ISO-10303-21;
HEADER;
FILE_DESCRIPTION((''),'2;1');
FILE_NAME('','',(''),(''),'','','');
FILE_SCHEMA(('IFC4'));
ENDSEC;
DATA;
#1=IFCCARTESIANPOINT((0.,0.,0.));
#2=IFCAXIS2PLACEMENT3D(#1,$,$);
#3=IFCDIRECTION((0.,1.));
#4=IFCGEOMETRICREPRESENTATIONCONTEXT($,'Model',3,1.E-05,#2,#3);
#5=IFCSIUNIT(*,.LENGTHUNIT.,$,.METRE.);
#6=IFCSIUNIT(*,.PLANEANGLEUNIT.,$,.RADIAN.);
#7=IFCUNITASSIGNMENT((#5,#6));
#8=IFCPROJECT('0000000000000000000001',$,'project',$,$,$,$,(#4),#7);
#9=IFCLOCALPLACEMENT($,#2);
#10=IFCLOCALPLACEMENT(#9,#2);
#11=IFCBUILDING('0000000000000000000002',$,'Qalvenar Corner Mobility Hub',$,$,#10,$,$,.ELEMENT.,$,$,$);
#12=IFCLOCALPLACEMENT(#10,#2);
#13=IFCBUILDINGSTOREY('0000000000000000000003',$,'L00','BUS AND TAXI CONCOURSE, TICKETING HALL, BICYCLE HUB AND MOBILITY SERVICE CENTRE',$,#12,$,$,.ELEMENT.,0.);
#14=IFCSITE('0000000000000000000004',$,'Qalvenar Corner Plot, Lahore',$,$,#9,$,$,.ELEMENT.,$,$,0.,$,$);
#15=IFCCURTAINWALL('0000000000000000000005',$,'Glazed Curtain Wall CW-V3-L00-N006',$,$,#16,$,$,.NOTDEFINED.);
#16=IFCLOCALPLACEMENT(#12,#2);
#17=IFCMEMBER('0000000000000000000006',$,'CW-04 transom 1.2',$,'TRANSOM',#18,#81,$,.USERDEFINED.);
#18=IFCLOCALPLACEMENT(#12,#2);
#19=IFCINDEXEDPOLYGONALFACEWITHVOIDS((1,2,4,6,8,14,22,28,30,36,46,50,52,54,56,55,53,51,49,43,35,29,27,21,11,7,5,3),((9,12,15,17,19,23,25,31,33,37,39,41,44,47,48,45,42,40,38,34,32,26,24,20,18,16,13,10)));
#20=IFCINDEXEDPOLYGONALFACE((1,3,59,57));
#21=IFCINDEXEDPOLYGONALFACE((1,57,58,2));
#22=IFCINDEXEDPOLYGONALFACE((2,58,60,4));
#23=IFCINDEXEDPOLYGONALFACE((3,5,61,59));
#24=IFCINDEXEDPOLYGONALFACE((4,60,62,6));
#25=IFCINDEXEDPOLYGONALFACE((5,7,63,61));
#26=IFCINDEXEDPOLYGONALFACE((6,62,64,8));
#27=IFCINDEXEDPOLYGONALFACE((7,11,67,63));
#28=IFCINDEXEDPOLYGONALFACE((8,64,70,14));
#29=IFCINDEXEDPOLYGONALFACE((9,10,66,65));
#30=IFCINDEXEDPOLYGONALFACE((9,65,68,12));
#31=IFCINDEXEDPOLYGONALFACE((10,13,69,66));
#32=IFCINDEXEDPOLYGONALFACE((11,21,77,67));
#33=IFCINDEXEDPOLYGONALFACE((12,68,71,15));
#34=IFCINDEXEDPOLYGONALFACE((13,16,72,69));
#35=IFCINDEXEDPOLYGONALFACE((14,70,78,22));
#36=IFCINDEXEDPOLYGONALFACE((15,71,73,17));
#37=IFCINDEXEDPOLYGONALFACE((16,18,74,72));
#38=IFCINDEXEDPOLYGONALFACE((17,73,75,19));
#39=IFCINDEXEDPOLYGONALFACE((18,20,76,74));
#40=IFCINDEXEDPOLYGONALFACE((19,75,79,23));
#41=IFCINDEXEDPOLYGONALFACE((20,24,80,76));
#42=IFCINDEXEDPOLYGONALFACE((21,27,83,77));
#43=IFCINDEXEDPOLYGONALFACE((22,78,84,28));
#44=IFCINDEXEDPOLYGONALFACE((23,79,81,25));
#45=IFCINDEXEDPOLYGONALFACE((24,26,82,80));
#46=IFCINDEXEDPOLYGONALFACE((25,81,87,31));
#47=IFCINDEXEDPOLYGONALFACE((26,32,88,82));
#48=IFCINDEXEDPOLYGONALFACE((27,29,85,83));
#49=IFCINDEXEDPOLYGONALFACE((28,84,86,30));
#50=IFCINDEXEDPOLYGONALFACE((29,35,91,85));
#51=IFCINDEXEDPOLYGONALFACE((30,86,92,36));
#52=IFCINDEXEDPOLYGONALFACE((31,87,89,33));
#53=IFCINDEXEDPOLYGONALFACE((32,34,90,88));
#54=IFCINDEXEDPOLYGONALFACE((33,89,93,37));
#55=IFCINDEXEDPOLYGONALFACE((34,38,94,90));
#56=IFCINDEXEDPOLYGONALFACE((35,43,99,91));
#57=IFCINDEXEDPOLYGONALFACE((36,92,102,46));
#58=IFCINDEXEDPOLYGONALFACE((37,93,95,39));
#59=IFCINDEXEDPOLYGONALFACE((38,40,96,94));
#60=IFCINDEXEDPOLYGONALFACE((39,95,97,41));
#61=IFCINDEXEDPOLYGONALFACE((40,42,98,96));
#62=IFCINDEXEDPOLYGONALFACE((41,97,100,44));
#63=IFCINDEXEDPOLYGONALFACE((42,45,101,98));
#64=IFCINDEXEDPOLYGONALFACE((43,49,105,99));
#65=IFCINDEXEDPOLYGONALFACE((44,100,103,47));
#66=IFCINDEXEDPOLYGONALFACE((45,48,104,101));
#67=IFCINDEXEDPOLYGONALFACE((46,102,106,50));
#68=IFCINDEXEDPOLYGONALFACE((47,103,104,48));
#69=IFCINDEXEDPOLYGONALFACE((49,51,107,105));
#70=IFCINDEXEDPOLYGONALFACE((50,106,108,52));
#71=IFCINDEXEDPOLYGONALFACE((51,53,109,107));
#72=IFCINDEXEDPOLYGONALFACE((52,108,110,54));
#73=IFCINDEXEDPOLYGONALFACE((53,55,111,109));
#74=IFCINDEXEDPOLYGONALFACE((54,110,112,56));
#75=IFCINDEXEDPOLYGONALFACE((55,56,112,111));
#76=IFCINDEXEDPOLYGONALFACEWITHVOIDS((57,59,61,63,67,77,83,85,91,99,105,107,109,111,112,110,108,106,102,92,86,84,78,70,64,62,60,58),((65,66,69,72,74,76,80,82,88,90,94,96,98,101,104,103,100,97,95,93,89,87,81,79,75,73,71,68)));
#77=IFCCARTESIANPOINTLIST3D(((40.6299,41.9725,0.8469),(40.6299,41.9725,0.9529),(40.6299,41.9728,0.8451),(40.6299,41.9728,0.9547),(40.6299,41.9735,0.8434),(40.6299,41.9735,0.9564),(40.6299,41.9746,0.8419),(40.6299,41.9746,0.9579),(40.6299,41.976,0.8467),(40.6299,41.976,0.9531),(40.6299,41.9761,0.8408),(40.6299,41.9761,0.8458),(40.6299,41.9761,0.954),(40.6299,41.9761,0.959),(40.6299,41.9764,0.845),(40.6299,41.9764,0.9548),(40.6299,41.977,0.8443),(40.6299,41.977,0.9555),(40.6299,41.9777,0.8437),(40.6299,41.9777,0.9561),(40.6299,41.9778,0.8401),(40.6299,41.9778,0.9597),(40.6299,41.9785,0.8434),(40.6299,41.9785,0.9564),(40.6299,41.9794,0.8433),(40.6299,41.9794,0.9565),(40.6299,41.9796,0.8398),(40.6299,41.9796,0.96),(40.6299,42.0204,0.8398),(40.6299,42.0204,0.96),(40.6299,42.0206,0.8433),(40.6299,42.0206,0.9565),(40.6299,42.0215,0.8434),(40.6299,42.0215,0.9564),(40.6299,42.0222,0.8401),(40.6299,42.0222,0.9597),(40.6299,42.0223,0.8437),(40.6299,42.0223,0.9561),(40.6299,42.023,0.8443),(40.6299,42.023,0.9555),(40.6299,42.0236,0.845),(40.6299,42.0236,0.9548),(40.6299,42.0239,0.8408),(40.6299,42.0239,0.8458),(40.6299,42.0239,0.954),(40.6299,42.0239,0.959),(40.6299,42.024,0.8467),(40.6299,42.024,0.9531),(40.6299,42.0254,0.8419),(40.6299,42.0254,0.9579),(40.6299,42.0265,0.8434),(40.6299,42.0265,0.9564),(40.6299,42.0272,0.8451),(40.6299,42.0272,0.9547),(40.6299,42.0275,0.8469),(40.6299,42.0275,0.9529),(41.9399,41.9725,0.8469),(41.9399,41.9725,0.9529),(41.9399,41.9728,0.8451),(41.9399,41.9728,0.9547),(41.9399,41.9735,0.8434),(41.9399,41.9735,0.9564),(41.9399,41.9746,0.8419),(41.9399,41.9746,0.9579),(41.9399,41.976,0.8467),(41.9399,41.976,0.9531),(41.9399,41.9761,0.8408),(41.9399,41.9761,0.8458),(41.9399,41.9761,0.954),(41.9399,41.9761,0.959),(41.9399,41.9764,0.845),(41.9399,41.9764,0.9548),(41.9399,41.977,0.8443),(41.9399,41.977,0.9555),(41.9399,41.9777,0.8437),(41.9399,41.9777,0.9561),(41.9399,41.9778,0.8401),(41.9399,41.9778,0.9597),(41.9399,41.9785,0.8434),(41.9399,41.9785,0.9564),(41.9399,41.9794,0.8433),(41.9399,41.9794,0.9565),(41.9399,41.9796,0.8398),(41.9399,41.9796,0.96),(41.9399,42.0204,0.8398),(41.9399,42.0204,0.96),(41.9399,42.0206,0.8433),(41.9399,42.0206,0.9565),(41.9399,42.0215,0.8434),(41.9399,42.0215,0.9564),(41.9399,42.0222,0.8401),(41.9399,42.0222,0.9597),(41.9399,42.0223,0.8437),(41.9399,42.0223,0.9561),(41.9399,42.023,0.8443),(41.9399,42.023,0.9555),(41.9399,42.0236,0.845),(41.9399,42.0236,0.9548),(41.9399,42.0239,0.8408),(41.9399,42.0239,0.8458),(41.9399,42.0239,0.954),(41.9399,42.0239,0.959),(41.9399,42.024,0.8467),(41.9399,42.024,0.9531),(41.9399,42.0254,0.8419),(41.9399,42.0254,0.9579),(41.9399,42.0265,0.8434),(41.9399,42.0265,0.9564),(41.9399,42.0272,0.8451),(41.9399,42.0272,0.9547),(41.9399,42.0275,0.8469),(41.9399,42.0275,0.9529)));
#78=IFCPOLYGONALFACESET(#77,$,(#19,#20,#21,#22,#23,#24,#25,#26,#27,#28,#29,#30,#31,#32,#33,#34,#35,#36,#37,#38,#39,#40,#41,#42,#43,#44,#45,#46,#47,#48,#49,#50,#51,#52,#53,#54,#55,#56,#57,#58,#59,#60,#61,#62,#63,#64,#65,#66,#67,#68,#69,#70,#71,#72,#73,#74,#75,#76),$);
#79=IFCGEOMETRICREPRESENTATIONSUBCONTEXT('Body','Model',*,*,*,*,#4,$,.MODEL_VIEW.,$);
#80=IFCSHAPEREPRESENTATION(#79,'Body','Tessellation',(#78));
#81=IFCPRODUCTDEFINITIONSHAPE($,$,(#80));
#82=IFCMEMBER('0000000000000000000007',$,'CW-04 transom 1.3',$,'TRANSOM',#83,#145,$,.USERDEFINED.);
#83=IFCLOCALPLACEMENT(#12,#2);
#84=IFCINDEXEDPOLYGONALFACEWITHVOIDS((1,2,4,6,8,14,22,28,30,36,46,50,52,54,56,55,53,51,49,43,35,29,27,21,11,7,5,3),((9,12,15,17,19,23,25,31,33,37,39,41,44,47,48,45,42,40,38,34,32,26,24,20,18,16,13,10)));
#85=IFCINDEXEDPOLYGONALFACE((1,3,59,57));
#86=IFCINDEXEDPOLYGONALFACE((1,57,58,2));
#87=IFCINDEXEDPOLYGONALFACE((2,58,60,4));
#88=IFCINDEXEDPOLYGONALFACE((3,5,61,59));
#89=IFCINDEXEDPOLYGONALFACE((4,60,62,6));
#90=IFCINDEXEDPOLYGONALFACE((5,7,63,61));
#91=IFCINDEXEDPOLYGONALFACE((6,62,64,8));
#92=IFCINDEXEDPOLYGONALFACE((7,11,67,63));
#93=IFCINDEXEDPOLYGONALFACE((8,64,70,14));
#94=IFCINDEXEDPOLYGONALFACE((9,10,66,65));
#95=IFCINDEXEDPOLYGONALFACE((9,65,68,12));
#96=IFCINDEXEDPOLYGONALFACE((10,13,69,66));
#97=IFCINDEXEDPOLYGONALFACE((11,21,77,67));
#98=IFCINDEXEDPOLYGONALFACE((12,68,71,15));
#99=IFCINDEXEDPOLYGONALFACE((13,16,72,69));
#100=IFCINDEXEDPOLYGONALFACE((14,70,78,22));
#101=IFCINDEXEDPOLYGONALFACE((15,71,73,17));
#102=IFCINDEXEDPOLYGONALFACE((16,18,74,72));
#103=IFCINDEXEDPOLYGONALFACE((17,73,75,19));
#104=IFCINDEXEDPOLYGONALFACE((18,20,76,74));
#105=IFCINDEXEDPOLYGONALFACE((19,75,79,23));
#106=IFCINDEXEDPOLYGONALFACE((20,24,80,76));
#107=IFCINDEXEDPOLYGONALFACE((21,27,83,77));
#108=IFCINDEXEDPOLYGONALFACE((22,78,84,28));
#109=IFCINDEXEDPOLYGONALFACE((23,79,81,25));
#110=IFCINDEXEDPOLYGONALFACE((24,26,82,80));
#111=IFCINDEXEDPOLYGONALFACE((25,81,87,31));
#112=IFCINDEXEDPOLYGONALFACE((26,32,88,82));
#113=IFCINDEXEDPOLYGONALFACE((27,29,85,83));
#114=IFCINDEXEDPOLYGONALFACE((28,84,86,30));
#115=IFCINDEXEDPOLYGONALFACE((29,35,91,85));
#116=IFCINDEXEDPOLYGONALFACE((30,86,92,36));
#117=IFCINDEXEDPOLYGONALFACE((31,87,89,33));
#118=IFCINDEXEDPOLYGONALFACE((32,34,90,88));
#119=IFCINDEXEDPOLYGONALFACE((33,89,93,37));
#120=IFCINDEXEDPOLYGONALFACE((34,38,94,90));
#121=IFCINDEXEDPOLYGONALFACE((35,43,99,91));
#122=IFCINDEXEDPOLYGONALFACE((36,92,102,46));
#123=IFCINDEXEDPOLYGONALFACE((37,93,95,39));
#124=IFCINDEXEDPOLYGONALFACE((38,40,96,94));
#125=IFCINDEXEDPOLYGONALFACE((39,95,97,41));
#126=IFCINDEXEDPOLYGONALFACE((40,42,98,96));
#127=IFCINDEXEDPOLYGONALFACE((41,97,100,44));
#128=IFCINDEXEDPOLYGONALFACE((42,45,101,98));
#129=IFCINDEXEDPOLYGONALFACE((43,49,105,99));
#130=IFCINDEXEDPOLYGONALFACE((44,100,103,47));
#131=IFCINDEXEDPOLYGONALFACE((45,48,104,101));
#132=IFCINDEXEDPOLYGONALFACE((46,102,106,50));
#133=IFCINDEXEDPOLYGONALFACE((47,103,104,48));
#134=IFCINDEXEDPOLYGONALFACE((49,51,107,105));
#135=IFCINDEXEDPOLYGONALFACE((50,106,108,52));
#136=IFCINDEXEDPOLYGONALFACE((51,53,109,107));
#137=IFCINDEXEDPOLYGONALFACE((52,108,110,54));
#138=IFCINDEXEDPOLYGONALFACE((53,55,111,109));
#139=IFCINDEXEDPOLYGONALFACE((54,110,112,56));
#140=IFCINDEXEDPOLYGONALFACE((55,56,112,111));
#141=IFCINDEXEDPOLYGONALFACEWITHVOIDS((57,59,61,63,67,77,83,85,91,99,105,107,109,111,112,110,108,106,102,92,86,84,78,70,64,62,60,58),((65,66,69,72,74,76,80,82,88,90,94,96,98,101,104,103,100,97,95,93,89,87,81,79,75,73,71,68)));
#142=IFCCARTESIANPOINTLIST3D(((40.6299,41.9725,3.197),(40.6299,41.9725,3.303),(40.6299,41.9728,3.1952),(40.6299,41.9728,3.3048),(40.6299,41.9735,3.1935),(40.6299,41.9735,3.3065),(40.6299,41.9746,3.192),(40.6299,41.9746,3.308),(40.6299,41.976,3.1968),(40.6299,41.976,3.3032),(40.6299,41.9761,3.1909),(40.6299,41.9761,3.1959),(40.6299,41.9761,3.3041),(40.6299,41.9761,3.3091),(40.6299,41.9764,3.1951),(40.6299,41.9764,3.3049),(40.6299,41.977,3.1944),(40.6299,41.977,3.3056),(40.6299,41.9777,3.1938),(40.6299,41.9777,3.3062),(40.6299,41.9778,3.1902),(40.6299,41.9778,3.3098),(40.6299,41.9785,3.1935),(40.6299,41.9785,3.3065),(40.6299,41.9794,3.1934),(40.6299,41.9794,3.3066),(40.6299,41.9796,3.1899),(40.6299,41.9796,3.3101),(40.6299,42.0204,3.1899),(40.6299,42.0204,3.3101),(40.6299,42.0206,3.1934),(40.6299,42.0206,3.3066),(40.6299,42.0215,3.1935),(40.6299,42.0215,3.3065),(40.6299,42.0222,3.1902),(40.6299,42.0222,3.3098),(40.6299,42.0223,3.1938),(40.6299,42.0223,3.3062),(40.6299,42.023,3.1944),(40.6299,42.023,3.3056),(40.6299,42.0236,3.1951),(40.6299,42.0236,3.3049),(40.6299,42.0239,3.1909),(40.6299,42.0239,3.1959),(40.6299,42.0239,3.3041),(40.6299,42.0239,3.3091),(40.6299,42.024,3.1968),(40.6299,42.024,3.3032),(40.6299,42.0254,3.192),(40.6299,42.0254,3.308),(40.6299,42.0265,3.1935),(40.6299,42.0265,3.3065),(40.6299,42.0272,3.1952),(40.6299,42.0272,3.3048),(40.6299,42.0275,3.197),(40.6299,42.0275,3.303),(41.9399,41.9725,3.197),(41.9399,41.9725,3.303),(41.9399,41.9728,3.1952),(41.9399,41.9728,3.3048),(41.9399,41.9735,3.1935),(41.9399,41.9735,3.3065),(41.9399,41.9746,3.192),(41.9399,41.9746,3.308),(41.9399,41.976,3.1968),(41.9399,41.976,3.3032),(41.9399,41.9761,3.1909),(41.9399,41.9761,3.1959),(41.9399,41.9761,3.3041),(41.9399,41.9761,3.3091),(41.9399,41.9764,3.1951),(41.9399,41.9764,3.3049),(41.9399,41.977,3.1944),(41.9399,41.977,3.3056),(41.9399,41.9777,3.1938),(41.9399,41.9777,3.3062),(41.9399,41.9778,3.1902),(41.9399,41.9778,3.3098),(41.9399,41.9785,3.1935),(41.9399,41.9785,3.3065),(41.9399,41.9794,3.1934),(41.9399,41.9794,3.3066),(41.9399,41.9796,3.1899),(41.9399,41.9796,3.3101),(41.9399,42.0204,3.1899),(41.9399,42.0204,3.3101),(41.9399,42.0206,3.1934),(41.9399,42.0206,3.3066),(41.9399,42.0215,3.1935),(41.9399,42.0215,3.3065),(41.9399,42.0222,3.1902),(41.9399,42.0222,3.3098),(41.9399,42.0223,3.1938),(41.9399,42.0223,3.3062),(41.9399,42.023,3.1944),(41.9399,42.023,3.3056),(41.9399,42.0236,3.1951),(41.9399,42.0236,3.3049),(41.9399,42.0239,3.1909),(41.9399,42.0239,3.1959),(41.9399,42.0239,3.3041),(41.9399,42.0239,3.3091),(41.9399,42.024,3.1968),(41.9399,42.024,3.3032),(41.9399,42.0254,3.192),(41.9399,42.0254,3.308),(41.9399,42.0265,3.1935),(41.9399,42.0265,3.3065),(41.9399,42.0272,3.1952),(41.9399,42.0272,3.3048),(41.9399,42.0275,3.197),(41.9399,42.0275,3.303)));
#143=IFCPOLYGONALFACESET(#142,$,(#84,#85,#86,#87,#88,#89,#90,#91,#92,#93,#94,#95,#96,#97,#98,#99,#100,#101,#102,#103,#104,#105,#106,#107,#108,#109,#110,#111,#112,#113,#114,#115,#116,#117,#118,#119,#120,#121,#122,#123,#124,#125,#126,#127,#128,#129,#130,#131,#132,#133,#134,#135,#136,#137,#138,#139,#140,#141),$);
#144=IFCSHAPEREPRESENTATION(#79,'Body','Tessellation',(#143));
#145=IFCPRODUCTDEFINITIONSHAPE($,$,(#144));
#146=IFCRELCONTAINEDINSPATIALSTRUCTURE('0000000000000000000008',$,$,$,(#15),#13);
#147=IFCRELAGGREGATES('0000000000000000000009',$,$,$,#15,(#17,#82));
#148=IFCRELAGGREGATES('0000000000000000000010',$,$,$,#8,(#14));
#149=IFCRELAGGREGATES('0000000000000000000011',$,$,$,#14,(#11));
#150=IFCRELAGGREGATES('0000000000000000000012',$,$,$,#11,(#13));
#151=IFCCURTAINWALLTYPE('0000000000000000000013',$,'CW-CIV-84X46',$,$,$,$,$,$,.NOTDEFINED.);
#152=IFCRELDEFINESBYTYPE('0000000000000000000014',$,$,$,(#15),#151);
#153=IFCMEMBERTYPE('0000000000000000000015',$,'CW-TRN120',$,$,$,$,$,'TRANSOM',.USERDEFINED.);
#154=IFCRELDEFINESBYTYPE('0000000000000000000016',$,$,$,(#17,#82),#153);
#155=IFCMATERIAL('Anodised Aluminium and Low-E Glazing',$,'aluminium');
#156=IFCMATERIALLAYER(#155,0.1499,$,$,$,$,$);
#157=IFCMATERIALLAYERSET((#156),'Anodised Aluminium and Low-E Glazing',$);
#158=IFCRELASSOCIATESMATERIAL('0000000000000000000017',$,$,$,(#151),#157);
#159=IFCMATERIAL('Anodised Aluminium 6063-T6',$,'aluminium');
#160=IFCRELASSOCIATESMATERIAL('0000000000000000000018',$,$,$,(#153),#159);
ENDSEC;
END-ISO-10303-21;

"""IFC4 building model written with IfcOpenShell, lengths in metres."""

from ifc_helpers import new_model, si_unit, direction, frame, origin, origin_2d, place, context, subcontext, project, spatial, hollow_rectangle, extrude, material, layer, layer_set, material_profile, profile_set, type_object, element, aggregate, save


model = new_model("IFC4")

# Units and contexts
model_context = context("Model", 3, precision=1e-05, world=origin(), true_north=direction((0.0, 1.0)))
body_context = subcontext(model_context, "Body", "Model", "MODEL_VIEW")
ifc_project = project(units=[si_unit("LENGTHUNIT", "METRE"), si_unit("PLANEANGLEUNIT", "RADIAN")], contexts=[model_context])

# Site, building, storey
site_placement = place(None, origin())
site = spatial("IfcSite", under=ifc_project, at=site_placement, Name="Qalvenar Corner Plot, Lahore", CompositionType="ELEMENT", RefElevation=0.0)
building_placement = place(site_placement, origin())
building = spatial("IfcBuilding", under=site, at=building_placement, Name="Qalvenar Corner Mobility Hub", CompositionType="ELEMENT")
storey_placement = place(building_placement, origin())
storey = spatial("IfcBuildingStorey", under=building, at=storey_placement, Name="L00", Description="BUS AND TAXI CONCOURSE, TICKETING HALL, BICYCLE HUB AND MOBILITY SERVICE CENTRE", CompositionType="ELEMENT", Elevation=0.0)

# Curtain wall, members
ifc_material_1 = material(Name="Anodised Aluminium and Low-E Glazing", Category="aluminium")
ifc_layer_1 = layer(ifc_material_1, 0.1499)
ifc_layer_set_1 = layer_set([ifc_layer_1], Name="Anodised Aluminium and Low-E Glazing")
curtain_wall_type = type_object("IfcCurtainWallType", Name="CW-CIV-84X46", PredefinedType="NOTDEFINED", material=ifc_layer_set_1)
curtain_wall_placement = place(storey_placement, origin())
curtain_wall = element("IfcCurtainWall", 1, at=curtain_wall_placement, inside=storey, type_object=curtain_wall_type, Name="Glazed Curtain Wall CW-V3-L00-N006", PredefinedType="NOTDEFINED")
ifc_material_2 = material(Name="Anodised Aluminium 6063-T6", Category="aluminium")
ifc_material_profile_1 = material_profile(ifc_material_2, hollow_rectangle(XDim=0.0549, YDim=0.1201, WallThickness=0.0034, InnerFilletRadius=0.0034, OuterFilletRadius=0.0071, at=origin_2d()), Name="RHS120x55x3.5")
ifc_profile_set_1 = profile_set([ifc_material_profile_1], Name="Anodised Aluminium 6063-T6")
member_type_1 = type_object("IfcMemberType", Name="CW-TRN120", ElementType="TRANSOM", PredefinedType="USERDEFINED", material=ifc_profile_set_1)
member_1_placement = place(storey_placement, frame((41.9399, 42.0, 0.8999), z_axis=(-1.0, 0.0, 0.0), x_axis=(0.0, -1.0, 0.0)))
member_1 = element("IfcMember", 2, at=member_1_placement, type_object=member_type_1, Name="CW-04 transom 1.2", ObjectType="TRANSOM", PredefinedType="USERDEFINED", context=body_context, shape_type="SweptSolid", body=[
    extrude(hollow_rectangle(XDim=0.0549, YDim=0.1201, WallThickness=0.0034, InnerFilletRadius=0.0034, OuterFilletRadius=0.0071, at=origin_2d()), origin(), (0.0, 0.0, 1.0), 1.3101),
])
member_2_placement = place(storey_placement, frame((41.9399, 42.0, 3.25), z_axis=(-1.0, 0.0, 0.0), x_axis=(0.0, -1.0, 0.0)))
member_2 = element("IfcMember", 3, at=member_2_placement, type_object=member_type_1, Name="CW-04 transom 1.3", ObjectType="TRANSOM", PredefinedType="USERDEFINED", context=body_context, shape_type="SweptSolid", body=[
    extrude(hollow_rectangle(XDim=0.0549, YDim=0.1201, WallThickness=0.0034, InnerFilletRadius=0.0034, OuterFilletRadius=0.0071, at=origin_2d()), origin(), (0.0, 0.0, 1.0), 1.3101),
])
aggregate(curtain_wall, [member_1, member_2])

save(model, "model.ifc")
